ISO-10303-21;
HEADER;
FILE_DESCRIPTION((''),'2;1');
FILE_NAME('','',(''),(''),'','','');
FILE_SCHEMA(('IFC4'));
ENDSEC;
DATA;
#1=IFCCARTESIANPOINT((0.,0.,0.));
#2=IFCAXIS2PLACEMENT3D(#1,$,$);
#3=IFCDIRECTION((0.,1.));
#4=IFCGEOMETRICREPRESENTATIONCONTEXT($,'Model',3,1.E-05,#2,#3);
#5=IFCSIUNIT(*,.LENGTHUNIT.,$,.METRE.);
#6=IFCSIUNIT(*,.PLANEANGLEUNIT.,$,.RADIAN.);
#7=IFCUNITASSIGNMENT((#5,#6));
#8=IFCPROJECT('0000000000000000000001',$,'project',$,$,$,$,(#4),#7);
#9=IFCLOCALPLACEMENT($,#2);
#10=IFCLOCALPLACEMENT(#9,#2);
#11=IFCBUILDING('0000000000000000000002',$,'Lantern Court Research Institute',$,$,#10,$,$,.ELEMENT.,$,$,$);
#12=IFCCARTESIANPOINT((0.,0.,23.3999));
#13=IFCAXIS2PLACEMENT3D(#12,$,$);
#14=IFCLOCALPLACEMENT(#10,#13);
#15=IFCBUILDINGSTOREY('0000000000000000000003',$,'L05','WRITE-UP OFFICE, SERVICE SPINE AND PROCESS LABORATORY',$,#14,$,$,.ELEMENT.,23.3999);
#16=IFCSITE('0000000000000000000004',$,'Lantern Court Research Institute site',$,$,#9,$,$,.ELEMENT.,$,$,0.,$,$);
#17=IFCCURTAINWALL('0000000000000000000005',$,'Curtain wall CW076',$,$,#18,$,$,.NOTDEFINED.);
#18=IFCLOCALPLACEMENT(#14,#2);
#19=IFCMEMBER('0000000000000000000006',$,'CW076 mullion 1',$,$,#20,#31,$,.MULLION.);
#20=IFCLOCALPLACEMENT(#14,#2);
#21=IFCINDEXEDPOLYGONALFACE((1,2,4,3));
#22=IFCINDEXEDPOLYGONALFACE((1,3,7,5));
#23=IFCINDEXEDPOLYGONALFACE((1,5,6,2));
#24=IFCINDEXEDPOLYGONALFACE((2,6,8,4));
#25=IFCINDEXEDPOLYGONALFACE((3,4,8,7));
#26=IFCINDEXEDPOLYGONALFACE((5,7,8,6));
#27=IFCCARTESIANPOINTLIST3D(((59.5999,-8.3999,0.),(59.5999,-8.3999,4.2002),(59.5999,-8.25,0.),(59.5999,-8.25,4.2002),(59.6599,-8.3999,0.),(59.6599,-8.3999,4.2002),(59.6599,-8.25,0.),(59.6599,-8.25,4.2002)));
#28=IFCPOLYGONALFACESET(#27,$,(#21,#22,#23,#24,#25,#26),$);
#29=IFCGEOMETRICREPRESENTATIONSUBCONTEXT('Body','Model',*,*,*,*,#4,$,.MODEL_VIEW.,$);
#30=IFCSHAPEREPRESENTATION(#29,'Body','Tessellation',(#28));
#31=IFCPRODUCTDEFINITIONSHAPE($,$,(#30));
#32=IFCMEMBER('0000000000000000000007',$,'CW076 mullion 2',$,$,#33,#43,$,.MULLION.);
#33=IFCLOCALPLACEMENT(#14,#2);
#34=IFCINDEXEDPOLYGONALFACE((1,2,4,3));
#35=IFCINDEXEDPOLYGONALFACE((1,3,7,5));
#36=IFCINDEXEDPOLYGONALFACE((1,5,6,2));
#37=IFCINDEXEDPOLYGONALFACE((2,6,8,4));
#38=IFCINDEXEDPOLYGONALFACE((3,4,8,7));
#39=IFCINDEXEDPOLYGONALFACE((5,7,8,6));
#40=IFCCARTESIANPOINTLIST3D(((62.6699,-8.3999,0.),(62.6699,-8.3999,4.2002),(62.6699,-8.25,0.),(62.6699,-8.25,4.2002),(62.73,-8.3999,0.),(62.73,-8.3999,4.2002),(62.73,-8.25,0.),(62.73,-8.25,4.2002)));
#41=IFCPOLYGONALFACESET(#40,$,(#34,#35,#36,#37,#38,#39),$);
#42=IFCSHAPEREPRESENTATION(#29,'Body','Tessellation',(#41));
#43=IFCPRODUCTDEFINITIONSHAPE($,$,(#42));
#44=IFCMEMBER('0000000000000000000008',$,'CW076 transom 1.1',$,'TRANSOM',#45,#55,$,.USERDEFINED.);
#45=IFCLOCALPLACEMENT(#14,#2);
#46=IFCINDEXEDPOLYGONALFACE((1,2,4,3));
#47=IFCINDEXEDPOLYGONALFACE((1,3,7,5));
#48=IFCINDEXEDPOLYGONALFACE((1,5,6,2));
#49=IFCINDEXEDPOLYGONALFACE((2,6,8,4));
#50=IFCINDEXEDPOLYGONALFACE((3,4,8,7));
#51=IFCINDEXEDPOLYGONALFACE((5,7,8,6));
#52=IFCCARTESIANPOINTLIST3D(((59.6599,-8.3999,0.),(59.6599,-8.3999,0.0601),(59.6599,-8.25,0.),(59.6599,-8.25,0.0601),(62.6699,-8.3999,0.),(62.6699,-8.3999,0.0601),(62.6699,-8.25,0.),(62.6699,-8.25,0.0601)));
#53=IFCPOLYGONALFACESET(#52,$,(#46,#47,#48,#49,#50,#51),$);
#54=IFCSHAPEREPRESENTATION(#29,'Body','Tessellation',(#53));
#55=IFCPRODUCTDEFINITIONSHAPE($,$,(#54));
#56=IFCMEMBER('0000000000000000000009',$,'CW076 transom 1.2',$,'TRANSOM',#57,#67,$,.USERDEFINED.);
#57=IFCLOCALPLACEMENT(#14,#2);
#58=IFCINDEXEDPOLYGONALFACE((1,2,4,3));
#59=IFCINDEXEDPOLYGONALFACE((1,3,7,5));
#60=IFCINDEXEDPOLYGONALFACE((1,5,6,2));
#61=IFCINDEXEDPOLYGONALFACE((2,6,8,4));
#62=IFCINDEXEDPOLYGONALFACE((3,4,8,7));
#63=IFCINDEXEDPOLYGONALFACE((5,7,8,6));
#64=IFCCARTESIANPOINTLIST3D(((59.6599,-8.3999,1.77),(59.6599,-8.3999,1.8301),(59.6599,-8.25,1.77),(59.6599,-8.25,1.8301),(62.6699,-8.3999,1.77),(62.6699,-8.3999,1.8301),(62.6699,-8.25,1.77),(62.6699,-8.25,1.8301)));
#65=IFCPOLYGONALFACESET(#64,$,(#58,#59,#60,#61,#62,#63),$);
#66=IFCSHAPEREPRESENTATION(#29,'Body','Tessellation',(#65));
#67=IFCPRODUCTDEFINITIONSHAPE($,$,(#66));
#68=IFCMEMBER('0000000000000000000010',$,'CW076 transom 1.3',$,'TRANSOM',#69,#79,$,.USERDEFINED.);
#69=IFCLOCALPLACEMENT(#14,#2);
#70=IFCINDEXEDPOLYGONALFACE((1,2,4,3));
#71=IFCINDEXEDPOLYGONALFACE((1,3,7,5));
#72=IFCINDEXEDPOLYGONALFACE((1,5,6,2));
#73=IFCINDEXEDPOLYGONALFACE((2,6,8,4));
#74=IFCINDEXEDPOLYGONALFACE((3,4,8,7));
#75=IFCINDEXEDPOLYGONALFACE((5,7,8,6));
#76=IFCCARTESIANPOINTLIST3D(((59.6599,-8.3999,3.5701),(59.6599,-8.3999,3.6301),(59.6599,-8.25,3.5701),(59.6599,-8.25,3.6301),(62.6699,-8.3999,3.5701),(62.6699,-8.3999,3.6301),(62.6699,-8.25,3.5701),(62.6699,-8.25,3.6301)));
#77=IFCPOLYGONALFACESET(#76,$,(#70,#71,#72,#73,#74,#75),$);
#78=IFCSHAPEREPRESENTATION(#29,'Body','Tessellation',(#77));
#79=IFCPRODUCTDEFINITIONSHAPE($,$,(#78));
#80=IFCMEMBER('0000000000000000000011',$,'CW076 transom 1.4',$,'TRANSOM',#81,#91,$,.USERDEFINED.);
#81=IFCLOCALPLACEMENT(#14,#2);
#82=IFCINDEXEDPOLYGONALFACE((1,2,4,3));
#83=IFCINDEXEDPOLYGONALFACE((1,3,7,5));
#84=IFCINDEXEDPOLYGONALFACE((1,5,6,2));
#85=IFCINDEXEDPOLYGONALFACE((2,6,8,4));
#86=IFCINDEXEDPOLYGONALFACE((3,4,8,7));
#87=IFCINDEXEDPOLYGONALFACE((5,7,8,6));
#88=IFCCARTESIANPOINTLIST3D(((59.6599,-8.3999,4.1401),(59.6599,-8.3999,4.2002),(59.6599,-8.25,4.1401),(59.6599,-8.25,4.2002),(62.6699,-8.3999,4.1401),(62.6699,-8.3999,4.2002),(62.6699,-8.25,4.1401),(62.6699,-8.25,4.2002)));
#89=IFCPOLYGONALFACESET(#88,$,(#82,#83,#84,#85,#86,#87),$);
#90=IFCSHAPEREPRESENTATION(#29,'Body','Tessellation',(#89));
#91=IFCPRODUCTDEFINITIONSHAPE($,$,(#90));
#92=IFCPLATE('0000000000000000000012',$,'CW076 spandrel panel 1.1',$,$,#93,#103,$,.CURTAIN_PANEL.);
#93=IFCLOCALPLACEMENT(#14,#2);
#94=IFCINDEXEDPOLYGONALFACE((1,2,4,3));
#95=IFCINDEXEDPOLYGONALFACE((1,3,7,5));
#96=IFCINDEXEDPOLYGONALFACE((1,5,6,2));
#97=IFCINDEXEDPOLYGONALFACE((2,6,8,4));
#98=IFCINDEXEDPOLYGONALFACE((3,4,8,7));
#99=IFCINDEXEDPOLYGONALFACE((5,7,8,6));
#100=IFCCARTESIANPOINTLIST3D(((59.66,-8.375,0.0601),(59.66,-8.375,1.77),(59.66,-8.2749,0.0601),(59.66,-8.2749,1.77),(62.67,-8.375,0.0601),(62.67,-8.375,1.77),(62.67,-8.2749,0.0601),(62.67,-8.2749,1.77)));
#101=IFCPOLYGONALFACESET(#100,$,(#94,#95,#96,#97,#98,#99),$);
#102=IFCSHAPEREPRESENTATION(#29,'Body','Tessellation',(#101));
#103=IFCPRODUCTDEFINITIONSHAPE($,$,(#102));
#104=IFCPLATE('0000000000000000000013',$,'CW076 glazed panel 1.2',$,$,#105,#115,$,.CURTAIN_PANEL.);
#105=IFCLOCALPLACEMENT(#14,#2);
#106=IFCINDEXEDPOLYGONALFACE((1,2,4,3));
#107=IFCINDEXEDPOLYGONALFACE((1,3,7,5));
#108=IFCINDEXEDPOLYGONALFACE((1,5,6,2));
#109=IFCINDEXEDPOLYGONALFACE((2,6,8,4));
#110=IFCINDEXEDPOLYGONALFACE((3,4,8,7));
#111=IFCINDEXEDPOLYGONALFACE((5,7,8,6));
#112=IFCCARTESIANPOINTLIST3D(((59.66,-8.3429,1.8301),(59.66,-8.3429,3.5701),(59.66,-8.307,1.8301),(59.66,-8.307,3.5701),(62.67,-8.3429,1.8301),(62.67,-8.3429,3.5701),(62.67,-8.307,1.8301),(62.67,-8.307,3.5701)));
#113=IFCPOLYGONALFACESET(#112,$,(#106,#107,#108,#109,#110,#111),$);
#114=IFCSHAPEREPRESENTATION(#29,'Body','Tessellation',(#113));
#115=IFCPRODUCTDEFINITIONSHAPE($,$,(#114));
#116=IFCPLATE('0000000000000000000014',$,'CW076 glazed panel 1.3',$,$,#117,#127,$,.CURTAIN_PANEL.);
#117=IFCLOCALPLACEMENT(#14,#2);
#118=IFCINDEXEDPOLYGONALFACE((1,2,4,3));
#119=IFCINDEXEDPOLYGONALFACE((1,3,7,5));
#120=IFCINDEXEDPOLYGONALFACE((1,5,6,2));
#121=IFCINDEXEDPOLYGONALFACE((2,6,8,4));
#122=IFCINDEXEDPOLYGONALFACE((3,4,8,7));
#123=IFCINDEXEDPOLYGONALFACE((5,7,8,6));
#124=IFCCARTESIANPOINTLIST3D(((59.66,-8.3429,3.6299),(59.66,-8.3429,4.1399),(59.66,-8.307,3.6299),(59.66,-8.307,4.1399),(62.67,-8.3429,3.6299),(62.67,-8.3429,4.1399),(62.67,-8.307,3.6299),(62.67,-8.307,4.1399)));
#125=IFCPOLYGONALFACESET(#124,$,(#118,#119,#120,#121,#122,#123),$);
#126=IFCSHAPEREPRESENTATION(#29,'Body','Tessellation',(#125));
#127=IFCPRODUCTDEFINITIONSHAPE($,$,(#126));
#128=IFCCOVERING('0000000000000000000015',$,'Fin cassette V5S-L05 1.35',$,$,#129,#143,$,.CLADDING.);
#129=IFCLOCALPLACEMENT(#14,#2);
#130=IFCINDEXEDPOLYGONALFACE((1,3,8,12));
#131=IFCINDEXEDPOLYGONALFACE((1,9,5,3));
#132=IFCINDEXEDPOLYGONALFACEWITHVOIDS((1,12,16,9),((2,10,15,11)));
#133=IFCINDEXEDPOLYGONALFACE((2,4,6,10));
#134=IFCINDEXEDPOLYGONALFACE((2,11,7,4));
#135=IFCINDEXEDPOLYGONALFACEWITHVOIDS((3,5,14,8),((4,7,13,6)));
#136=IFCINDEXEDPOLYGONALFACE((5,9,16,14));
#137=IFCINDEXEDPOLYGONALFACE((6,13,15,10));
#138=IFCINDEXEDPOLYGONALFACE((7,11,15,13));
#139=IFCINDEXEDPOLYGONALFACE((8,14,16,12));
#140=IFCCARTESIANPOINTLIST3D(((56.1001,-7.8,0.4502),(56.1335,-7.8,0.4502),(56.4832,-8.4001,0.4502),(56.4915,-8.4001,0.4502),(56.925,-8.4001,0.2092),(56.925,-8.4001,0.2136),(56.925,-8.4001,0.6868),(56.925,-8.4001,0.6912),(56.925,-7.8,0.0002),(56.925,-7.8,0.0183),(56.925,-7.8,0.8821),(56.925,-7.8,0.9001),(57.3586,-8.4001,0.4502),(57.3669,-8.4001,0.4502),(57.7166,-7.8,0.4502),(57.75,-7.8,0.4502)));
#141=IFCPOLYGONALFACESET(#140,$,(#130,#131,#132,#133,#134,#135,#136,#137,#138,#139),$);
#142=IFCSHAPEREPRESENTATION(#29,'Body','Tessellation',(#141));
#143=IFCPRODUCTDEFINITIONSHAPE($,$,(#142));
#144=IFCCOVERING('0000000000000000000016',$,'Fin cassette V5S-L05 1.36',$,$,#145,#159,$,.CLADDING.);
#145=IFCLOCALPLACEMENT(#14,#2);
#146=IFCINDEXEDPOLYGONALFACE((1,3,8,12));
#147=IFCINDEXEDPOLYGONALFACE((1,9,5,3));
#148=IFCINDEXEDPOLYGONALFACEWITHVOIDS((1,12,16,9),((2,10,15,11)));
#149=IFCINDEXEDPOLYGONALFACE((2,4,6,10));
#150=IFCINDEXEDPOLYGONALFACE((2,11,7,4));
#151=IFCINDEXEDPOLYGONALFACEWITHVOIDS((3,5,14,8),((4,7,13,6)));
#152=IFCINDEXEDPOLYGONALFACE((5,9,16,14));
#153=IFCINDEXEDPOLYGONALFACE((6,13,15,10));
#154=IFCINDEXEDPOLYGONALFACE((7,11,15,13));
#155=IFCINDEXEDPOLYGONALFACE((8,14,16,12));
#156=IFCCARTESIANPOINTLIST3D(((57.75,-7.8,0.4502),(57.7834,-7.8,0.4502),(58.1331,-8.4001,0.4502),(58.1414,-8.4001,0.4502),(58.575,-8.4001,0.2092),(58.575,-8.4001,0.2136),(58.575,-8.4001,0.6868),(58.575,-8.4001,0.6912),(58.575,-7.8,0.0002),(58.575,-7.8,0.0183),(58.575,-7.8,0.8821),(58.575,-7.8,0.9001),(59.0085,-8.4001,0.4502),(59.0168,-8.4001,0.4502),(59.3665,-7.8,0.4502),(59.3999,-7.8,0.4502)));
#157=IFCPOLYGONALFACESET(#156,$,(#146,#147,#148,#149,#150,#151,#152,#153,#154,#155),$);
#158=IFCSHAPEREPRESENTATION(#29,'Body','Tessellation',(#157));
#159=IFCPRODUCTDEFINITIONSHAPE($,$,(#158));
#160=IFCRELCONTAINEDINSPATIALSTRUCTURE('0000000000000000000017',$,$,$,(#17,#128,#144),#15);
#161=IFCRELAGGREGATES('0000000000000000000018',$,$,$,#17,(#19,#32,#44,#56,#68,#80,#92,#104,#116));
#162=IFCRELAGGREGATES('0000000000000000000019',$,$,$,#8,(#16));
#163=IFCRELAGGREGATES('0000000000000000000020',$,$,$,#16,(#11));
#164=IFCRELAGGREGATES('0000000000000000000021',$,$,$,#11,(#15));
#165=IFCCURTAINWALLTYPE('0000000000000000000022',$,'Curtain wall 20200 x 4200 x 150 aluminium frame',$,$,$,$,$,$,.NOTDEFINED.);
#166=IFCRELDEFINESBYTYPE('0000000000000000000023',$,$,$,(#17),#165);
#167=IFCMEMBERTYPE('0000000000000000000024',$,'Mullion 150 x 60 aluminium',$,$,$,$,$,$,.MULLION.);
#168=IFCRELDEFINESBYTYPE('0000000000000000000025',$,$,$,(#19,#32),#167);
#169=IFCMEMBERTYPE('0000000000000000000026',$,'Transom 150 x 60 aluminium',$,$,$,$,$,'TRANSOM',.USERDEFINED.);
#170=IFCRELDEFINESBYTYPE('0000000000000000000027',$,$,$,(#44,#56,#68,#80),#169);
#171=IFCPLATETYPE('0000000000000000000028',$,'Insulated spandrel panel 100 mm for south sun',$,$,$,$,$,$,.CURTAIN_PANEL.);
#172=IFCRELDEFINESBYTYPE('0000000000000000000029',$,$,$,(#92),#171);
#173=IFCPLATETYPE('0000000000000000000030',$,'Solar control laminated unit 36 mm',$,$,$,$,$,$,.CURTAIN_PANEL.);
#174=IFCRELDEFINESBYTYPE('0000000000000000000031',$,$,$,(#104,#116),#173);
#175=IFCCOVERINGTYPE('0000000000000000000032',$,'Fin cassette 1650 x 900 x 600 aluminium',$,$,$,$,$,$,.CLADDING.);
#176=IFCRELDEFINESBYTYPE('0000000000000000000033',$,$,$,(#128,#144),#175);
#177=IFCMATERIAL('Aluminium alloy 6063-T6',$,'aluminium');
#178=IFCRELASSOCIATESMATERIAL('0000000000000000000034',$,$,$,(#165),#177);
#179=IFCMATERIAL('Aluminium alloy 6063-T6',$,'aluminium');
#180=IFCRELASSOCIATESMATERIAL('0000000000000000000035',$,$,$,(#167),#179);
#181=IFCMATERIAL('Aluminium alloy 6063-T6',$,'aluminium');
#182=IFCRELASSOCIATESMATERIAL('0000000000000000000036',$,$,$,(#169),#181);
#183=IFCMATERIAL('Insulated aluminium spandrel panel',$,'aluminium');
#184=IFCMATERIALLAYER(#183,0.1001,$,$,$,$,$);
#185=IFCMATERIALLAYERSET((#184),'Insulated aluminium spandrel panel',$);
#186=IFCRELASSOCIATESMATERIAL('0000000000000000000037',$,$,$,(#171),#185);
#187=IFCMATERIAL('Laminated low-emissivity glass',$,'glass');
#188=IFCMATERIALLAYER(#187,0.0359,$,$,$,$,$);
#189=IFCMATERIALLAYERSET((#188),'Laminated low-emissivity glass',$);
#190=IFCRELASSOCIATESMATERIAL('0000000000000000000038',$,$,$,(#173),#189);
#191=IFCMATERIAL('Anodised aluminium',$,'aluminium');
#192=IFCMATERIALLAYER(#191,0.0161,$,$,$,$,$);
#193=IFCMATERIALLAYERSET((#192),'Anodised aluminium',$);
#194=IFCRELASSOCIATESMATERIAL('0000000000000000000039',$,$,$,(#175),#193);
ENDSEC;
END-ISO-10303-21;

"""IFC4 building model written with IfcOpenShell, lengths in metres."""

from ifc_helpers import new_model, entity, si_unit, direction, frame, origin, origin_2d, place, context, subcontext, project, spatial, rectangle, extrude, material, layer, layer_set, material_profile, profile_set, type_object, element, aggregate, save


model = new_model("IFC4")

# Units and contexts
model_context = context("Model", 3, precision=1e-05, world=origin(), true_north=direction((0.0, 1.0)))
body_context = subcontext(model_context, "Body", "Model", "MODEL_VIEW")
ifc_project = project(units=[si_unit("LENGTHUNIT", "METRE"), si_unit("PLANEANGLEUNIT", "RADIAN")], contexts=[model_context])

# Site, building, storey
site_placement = place(None, origin())
site = spatial("IfcSite", under=ifc_project, at=site_placement, Name="Lantern Court Research Institute site", CompositionType="ELEMENT", RefElevation=0.0)
building_placement = place(site_placement, origin())
building = spatial("IfcBuilding", under=site, at=building_placement, Name="Lantern Court Research Institute", CompositionType="ELEMENT")
storey_placement = place(building_placement, frame((0.0, 0.0, 23.3999)))
storey = spatial("IfcBuildingStorey", under=building, at=storey_placement, Name="L05", Description="WRITE-UP OFFICE, SERVICE SPINE AND PROCESS LABORATORY", CompositionType="ELEMENT", Elevation=23.3999)

# Curtain wall, members, plates
ifc_material_1 = material(Name="Aluminium alloy 6063-T6", Category="aluminium")
curtain_wall_type = type_object("IfcCurtainWallType", Name="Curtain wall 20200 x 4200 x 150 aluminium frame", PredefinedType="NOTDEFINED", material=ifc_material_1)
curtain_wall_placement = place(storey_placement, origin())
curtain_wall = element("IfcCurtainWall", 1, at=curtain_wall_placement, inside=storey, type_object=curtain_wall_type, Name="Curtain wall CW076", PredefinedType="NOTDEFINED")
ifc_material_2 = material(Name="Aluminium alloy 6063-T6", Category="aluminium")
ifc_material_profile_1 = material_profile(ifc_material_2, rectangle(XDim=0.1499, YDim=0.0601, at=origin_2d()), Name="Mullion 150 x 60")
ifc_profile_set_1 = profile_set([ifc_material_profile_1], Name="Aluminium alloy 6063-T6")
member_type_1 = type_object("IfcMemberType", Name="Mullion 150 x 60 aluminium", PredefinedType="MULLION", material=ifc_profile_set_1)
member_1_placement = place(storey_placement, frame((59.6299, -8.325, 0.0), z_axis=(0.0, 0.0, 1.0), x_axis=(0.0, -1.0, 0.0)))
member_1 = element("IfcMember", 2, at=member_1_placement, type_object=member_type_1, Name="CW076 mullion 1", PredefinedType="MULLION", context=body_context, shape_type="SweptSolid", body=[
    extrude(rectangle(XDim=0.1499, YDim=0.0601, at=origin_2d()), origin(), (0.0, 0.0, 1.0), 4.2002),
])
member_2_placement = place(storey_placement, frame((62.7, -8.325, 0.0), z_axis=(0.0, 0.0, 1.0), x_axis=(0.0, -1.0, 0.0)))
member_2 = element("IfcMember", 3, at=member_2_placement, type_object=member_type_1, Name="CW076 mullion 2", PredefinedType="MULLION", context=body_context, shape_type="SweptSolid", body=[
    extrude(rectangle(XDim=0.1499, YDim=0.0601, at=origin_2d()), origin(), (0.0, 0.0, 1.0), 4.2002),
])
ifc_material_3 = material(Name="Aluminium alloy 6063-T6", Category="aluminium")
ifc_material_profile_2 = material_profile(ifc_material_3, rectangle(XDim=0.1499, YDim=0.0601, at=origin_2d()), Name="Transom 150 x 60")
ifc_profile_set_2 = profile_set([ifc_material_profile_2], Name="Aluminium alloy 6063-T6")
member_type_2 = type_object("IfcMemberType", Name="Transom 150 x 60 aluminium", ElementType="TRANSOM", PredefinedType="USERDEFINED", material=ifc_profile_set_2)
member_3_placement = place(storey_placement, frame((62.6699, -8.325, 0.03), z_axis=(-1.0, 0.0, 0.0), x_axis=(0.0, -1.0, 0.0)))
member_3 = element("IfcMember", 4, at=member_3_placement, type_object=member_type_2, Name="CW076 transom 1.1", ObjectType="TRANSOM", PredefinedType="USERDEFINED", context=body_context, shape_type="SweptSolid", body=[
    extrude(rectangle(XDim=0.1499, YDim=0.0601, at=origin_2d()), origin(), (0.0, 0.0, 1.0), 3.01),
])
member_4_placement = place(storey_placement, frame((62.6699, -8.325, 1.8), z_axis=(-1.0, 0.0, 0.0), x_axis=(0.0, -1.0, 0.0)))
member_4 = element("IfcMember", 5, at=member_4_placement, type_object=member_type_2, Name="CW076 transom 1.2", ObjectType="TRANSOM", PredefinedType="USERDEFINED", context=body_context, shape_type="SweptSolid", body=[
    extrude(rectangle(XDim=0.1499, YDim=0.0601, at=origin_2d()), origin(), (0.0, 0.0, 1.0), 3.01),
])
member_5_placement = place(storey_placement, frame((62.6699, -8.325, 3.6001), z_axis=(-1.0, 0.0, 0.0), x_axis=(0.0, -1.0, 0.0)))
member_5 = element("IfcMember", 6, at=member_5_placement, type_object=member_type_2, Name="CW076 transom 1.3", ObjectType="TRANSOM", PredefinedType="USERDEFINED", context=body_context, shape_type="SweptSolid", body=[
    extrude(rectangle(XDim=0.1499, YDim=0.0601, at=origin_2d()), origin(), (0.0, 0.0, 1.0), 3.01),
])
member_6_placement = place(storey_placement, frame((62.6699, -8.325, 4.1702), z_axis=(-1.0, 0.0, 0.0), x_axis=(0.0, -1.0, 0.0)))
member_6 = element("IfcMember", 7, at=member_6_placement, type_object=member_type_2, Name="CW076 transom 1.4", ObjectType="TRANSOM", PredefinedType="USERDEFINED", context=body_context, shape_type="SweptSolid", body=[
    extrude(rectangle(XDim=0.1499, YDim=0.0601, at=origin_2d()), origin(), (0.0, 0.0, 1.0), 3.01),
])
ifc_material_4 = material(Name="Insulated aluminium spandrel panel", Category="aluminium")
ifc_layer_1 = layer(ifc_material_4, 0.1001)
ifc_layer_set_1 = layer_set([ifc_layer_1], Name="Insulated aluminium spandrel panel")
plate_type_1 = type_object("IfcPlateType", Name="Insulated spandrel panel 100 mm for south sun", PredefinedType="CURTAIN_PANEL", material=ifc_layer_set_1)
plate_1_placement = place(storey_placement, frame((61.165, -8.325, 0.0601), z_axis=(0.0, 0.0, 1.0), x_axis=(-1.0, 0.0, 0.0)))
plate_1 = element("IfcPlate", 8, at=plate_1_placement, type_object=plate_type_1, Name="CW076 spandrel panel 1.1", PredefinedType="CURTAIN_PANEL", context=body_context, shape_type="SweptSolid", body=[
    extrude(rectangle(XDim=3.01, YDim=0.1001, at=origin_2d()), origin(), (0.0, 0.0, 1.0), 1.71),
])
ifc_material_5 = material(Name="Laminated low-emissivity glass", Category="glass")
ifc_layer_2 = layer(ifc_material_5, 0.0359)
ifc_layer_set_2 = layer_set([ifc_layer_2], Name="Laminated low-emissivity glass")
plate_type_2 = type_object("IfcPlateType", Name="Solar control laminated unit 36 mm", PredefinedType="CURTAIN_PANEL", material=ifc_layer_set_2)
plate_2_placement = place(storey_placement, frame((61.165, -8.325, 1.8301), z_axis=(0.0, 0.0, 1.0), x_axis=(-1.0, 0.0, 0.0)))
plate_2 = element("IfcPlate", 9, at=plate_2_placement, type_object=plate_type_2, Name="CW076 glazed panel 1.2", PredefinedType="CURTAIN_PANEL", context=body_context, shape_type="SweptSolid", body=[
    extrude(rectangle(XDim=3.01, YDim=0.0359, at=origin_2d()), origin(), (0.0, 0.0, 1.0), 1.74),
])
plate_3_placement = place(storey_placement, frame((61.165, -8.325, 3.6299), z_axis=(0.0, 0.0, 1.0), x_axis=(-1.0, 0.0, 0.0)))
plate_3 = element("IfcPlate", 10, at=plate_3_placement, type_object=plate_type_2, Name="CW076 glazed panel 1.3", PredefinedType="CURTAIN_PANEL", context=body_context, shape_type="SweptSolid", body=[
    extrude(rectangle(XDim=3.01, YDim=0.0359, at=origin_2d()), origin(), (0.0, 0.0, 1.0), 0.51),
])
aggregate(curtain_wall, [member_1, member_2, member_3, member_4, member_5, member_6, plate_1, plate_2, plate_3])

# Coverings
ifc_material_6 = material(Name="Anodised aluminium", Category="aluminium")
ifc_layer_3 = layer(ifc_material_6, 0.0161)
ifc_layer_set_3 = layer_set([ifc_layer_3], Name="Anodised aluminium")
covering_type = type_object("IfcCoveringType", Name="Fin cassette 1650 x 900 x 600 aluminium", PredefinedType="CLADDING", material=ifc_layer_set_3)
covering_1_placement = place(storey_placement, frame((56.925, -7.8, 0.4502), z_axis=(0.0, -1.0, 0.0), x_axis=(1.0, 0.0, 0.0)))
cartesian_point_1 = entity("IfcCartesianPoint", [0.825, 0.0])
cartesian_point_2 = entity("IfcCartesianPoint", [0.7915, 0.0])
cartesian_point_3 = entity("IfcCartesianPoint", [0.4419, 0.0])
cartesian_point_4 = entity("IfcCartesianPoint", [0.4336, 0.0])
element("IfcCovering", 11, at=covering_1_placement, inside=storey, type_object=covering_type, Name="Fin cassette V5S-L05 1.35", PredefinedType="CLADDING", context=body_context, shape_type="SweptSolid", body=[
    entity("IfcExtrudedAreaSolidTapered", entity("IfcArbitraryProfileDefWithVoids", "AREA", None, entity("IfcPolyline", [cartesian_point_1, entity("IfcCartesianPoint", [0.0, 0.45]), entity("IfcCartesianPoint", [-0.825, 0.0]), entity("IfcCartesianPoint", [0.0, -0.45]), cartesian_point_1]), [entity("IfcPolyline", [cartesian_point_2, entity("IfcCartesianPoint", [0.0, 0.4319]), entity("IfcCartesianPoint", [-0.7915, 0.0]), entity("IfcCartesianPoint", [0.0, -0.4319]), cartesian_point_2])]), entity("IfcAxis2Placement3D", entity("IfcCartesianPoint", [0.0, 0.0, 0.0])), entity("IfcDirection", [0.0, 0.0, 1.0]), 0.6001, entity("IfcArbitraryProfileDefWithVoids", "AREA", None, entity("IfcPolyline", [cartesian_point_3, entity("IfcCartesianPoint", [0.0, 0.241]), entity("IfcCartesianPoint", [-0.4419, 0.0]), entity("IfcCartesianPoint", [0.0, -0.241]), cartesian_point_3]), [entity("IfcPolyline", [cartesian_point_4, entity("IfcCartesianPoint", [0.0, 0.2366]), entity("IfcCartesianPoint", [-0.4336, 0.0]), entity("IfcCartesianPoint", [0.0, -0.2366]), cartesian_point_4])])),
])
covering_2_placement = place(storey_placement, frame((58.575, -7.8, 0.4502), z_axis=(0.0, -1.0, 0.0), x_axis=(1.0, 0.0, 0.0)))
cartesian_point_5 = entity("IfcCartesianPoint", [0.825, 0.0])
cartesian_point_6 = entity("IfcCartesianPoint", [0.7915, 0.0])
cartesian_point_7 = entity("IfcCartesianPoint", [0.4419, 0.0])
cartesian_point_8 = entity("IfcCartesianPoint", [0.4336, 0.0])
element("IfcCovering", 12, at=covering_2_placement, inside=storey, type_object=covering_type, Name="Fin cassette V5S-L05 1.36", PredefinedType="CLADDING", context=body_context, shape_type="SweptSolid", body=[
    entity("IfcExtrudedAreaSolidTapered", entity("IfcArbitraryProfileDefWithVoids", "AREA", None, entity("IfcPolyline", [cartesian_point_5, entity("IfcCartesianPoint", [0.0, 0.45]), entity("IfcCartesianPoint", [-0.825, 0.0]), entity("IfcCartesianPoint", [0.0, -0.45]), cartesian_point_5]), [entity("IfcPolyline", [cartesian_point_6, entity("IfcCartesianPoint", [0.0, 0.4319]), entity("IfcCartesianPoint", [-0.7915, 0.0]), entity("IfcCartesianPoint", [0.0, -0.4319]), cartesian_point_6])]), entity("IfcAxis2Placement3D", entity("IfcCartesianPoint", [0.0, 0.0, 0.0])), entity("IfcDirection", [0.0, 0.0, 1.0]), 0.6001, entity("IfcArbitraryProfileDefWithVoids", "AREA", None, entity("IfcPolyline", [cartesian_point_7, entity("IfcCartesianPoint", [0.0, 0.241]), entity("IfcCartesianPoint", [-0.4419, 0.0]), entity("IfcCartesianPoint", [0.0, -0.241]), cartesian_point_7]), [entity("IfcPolyline", [cartesian_point_8, entity("IfcCartesianPoint", [0.0, 0.2366]), entity("IfcCartesianPoint", [-0.4336, 0.0]), entity("IfcCartesianPoint", [0.0, -0.2366]), cartesian_point_8])])),
])

save(model, "model.ifc")
